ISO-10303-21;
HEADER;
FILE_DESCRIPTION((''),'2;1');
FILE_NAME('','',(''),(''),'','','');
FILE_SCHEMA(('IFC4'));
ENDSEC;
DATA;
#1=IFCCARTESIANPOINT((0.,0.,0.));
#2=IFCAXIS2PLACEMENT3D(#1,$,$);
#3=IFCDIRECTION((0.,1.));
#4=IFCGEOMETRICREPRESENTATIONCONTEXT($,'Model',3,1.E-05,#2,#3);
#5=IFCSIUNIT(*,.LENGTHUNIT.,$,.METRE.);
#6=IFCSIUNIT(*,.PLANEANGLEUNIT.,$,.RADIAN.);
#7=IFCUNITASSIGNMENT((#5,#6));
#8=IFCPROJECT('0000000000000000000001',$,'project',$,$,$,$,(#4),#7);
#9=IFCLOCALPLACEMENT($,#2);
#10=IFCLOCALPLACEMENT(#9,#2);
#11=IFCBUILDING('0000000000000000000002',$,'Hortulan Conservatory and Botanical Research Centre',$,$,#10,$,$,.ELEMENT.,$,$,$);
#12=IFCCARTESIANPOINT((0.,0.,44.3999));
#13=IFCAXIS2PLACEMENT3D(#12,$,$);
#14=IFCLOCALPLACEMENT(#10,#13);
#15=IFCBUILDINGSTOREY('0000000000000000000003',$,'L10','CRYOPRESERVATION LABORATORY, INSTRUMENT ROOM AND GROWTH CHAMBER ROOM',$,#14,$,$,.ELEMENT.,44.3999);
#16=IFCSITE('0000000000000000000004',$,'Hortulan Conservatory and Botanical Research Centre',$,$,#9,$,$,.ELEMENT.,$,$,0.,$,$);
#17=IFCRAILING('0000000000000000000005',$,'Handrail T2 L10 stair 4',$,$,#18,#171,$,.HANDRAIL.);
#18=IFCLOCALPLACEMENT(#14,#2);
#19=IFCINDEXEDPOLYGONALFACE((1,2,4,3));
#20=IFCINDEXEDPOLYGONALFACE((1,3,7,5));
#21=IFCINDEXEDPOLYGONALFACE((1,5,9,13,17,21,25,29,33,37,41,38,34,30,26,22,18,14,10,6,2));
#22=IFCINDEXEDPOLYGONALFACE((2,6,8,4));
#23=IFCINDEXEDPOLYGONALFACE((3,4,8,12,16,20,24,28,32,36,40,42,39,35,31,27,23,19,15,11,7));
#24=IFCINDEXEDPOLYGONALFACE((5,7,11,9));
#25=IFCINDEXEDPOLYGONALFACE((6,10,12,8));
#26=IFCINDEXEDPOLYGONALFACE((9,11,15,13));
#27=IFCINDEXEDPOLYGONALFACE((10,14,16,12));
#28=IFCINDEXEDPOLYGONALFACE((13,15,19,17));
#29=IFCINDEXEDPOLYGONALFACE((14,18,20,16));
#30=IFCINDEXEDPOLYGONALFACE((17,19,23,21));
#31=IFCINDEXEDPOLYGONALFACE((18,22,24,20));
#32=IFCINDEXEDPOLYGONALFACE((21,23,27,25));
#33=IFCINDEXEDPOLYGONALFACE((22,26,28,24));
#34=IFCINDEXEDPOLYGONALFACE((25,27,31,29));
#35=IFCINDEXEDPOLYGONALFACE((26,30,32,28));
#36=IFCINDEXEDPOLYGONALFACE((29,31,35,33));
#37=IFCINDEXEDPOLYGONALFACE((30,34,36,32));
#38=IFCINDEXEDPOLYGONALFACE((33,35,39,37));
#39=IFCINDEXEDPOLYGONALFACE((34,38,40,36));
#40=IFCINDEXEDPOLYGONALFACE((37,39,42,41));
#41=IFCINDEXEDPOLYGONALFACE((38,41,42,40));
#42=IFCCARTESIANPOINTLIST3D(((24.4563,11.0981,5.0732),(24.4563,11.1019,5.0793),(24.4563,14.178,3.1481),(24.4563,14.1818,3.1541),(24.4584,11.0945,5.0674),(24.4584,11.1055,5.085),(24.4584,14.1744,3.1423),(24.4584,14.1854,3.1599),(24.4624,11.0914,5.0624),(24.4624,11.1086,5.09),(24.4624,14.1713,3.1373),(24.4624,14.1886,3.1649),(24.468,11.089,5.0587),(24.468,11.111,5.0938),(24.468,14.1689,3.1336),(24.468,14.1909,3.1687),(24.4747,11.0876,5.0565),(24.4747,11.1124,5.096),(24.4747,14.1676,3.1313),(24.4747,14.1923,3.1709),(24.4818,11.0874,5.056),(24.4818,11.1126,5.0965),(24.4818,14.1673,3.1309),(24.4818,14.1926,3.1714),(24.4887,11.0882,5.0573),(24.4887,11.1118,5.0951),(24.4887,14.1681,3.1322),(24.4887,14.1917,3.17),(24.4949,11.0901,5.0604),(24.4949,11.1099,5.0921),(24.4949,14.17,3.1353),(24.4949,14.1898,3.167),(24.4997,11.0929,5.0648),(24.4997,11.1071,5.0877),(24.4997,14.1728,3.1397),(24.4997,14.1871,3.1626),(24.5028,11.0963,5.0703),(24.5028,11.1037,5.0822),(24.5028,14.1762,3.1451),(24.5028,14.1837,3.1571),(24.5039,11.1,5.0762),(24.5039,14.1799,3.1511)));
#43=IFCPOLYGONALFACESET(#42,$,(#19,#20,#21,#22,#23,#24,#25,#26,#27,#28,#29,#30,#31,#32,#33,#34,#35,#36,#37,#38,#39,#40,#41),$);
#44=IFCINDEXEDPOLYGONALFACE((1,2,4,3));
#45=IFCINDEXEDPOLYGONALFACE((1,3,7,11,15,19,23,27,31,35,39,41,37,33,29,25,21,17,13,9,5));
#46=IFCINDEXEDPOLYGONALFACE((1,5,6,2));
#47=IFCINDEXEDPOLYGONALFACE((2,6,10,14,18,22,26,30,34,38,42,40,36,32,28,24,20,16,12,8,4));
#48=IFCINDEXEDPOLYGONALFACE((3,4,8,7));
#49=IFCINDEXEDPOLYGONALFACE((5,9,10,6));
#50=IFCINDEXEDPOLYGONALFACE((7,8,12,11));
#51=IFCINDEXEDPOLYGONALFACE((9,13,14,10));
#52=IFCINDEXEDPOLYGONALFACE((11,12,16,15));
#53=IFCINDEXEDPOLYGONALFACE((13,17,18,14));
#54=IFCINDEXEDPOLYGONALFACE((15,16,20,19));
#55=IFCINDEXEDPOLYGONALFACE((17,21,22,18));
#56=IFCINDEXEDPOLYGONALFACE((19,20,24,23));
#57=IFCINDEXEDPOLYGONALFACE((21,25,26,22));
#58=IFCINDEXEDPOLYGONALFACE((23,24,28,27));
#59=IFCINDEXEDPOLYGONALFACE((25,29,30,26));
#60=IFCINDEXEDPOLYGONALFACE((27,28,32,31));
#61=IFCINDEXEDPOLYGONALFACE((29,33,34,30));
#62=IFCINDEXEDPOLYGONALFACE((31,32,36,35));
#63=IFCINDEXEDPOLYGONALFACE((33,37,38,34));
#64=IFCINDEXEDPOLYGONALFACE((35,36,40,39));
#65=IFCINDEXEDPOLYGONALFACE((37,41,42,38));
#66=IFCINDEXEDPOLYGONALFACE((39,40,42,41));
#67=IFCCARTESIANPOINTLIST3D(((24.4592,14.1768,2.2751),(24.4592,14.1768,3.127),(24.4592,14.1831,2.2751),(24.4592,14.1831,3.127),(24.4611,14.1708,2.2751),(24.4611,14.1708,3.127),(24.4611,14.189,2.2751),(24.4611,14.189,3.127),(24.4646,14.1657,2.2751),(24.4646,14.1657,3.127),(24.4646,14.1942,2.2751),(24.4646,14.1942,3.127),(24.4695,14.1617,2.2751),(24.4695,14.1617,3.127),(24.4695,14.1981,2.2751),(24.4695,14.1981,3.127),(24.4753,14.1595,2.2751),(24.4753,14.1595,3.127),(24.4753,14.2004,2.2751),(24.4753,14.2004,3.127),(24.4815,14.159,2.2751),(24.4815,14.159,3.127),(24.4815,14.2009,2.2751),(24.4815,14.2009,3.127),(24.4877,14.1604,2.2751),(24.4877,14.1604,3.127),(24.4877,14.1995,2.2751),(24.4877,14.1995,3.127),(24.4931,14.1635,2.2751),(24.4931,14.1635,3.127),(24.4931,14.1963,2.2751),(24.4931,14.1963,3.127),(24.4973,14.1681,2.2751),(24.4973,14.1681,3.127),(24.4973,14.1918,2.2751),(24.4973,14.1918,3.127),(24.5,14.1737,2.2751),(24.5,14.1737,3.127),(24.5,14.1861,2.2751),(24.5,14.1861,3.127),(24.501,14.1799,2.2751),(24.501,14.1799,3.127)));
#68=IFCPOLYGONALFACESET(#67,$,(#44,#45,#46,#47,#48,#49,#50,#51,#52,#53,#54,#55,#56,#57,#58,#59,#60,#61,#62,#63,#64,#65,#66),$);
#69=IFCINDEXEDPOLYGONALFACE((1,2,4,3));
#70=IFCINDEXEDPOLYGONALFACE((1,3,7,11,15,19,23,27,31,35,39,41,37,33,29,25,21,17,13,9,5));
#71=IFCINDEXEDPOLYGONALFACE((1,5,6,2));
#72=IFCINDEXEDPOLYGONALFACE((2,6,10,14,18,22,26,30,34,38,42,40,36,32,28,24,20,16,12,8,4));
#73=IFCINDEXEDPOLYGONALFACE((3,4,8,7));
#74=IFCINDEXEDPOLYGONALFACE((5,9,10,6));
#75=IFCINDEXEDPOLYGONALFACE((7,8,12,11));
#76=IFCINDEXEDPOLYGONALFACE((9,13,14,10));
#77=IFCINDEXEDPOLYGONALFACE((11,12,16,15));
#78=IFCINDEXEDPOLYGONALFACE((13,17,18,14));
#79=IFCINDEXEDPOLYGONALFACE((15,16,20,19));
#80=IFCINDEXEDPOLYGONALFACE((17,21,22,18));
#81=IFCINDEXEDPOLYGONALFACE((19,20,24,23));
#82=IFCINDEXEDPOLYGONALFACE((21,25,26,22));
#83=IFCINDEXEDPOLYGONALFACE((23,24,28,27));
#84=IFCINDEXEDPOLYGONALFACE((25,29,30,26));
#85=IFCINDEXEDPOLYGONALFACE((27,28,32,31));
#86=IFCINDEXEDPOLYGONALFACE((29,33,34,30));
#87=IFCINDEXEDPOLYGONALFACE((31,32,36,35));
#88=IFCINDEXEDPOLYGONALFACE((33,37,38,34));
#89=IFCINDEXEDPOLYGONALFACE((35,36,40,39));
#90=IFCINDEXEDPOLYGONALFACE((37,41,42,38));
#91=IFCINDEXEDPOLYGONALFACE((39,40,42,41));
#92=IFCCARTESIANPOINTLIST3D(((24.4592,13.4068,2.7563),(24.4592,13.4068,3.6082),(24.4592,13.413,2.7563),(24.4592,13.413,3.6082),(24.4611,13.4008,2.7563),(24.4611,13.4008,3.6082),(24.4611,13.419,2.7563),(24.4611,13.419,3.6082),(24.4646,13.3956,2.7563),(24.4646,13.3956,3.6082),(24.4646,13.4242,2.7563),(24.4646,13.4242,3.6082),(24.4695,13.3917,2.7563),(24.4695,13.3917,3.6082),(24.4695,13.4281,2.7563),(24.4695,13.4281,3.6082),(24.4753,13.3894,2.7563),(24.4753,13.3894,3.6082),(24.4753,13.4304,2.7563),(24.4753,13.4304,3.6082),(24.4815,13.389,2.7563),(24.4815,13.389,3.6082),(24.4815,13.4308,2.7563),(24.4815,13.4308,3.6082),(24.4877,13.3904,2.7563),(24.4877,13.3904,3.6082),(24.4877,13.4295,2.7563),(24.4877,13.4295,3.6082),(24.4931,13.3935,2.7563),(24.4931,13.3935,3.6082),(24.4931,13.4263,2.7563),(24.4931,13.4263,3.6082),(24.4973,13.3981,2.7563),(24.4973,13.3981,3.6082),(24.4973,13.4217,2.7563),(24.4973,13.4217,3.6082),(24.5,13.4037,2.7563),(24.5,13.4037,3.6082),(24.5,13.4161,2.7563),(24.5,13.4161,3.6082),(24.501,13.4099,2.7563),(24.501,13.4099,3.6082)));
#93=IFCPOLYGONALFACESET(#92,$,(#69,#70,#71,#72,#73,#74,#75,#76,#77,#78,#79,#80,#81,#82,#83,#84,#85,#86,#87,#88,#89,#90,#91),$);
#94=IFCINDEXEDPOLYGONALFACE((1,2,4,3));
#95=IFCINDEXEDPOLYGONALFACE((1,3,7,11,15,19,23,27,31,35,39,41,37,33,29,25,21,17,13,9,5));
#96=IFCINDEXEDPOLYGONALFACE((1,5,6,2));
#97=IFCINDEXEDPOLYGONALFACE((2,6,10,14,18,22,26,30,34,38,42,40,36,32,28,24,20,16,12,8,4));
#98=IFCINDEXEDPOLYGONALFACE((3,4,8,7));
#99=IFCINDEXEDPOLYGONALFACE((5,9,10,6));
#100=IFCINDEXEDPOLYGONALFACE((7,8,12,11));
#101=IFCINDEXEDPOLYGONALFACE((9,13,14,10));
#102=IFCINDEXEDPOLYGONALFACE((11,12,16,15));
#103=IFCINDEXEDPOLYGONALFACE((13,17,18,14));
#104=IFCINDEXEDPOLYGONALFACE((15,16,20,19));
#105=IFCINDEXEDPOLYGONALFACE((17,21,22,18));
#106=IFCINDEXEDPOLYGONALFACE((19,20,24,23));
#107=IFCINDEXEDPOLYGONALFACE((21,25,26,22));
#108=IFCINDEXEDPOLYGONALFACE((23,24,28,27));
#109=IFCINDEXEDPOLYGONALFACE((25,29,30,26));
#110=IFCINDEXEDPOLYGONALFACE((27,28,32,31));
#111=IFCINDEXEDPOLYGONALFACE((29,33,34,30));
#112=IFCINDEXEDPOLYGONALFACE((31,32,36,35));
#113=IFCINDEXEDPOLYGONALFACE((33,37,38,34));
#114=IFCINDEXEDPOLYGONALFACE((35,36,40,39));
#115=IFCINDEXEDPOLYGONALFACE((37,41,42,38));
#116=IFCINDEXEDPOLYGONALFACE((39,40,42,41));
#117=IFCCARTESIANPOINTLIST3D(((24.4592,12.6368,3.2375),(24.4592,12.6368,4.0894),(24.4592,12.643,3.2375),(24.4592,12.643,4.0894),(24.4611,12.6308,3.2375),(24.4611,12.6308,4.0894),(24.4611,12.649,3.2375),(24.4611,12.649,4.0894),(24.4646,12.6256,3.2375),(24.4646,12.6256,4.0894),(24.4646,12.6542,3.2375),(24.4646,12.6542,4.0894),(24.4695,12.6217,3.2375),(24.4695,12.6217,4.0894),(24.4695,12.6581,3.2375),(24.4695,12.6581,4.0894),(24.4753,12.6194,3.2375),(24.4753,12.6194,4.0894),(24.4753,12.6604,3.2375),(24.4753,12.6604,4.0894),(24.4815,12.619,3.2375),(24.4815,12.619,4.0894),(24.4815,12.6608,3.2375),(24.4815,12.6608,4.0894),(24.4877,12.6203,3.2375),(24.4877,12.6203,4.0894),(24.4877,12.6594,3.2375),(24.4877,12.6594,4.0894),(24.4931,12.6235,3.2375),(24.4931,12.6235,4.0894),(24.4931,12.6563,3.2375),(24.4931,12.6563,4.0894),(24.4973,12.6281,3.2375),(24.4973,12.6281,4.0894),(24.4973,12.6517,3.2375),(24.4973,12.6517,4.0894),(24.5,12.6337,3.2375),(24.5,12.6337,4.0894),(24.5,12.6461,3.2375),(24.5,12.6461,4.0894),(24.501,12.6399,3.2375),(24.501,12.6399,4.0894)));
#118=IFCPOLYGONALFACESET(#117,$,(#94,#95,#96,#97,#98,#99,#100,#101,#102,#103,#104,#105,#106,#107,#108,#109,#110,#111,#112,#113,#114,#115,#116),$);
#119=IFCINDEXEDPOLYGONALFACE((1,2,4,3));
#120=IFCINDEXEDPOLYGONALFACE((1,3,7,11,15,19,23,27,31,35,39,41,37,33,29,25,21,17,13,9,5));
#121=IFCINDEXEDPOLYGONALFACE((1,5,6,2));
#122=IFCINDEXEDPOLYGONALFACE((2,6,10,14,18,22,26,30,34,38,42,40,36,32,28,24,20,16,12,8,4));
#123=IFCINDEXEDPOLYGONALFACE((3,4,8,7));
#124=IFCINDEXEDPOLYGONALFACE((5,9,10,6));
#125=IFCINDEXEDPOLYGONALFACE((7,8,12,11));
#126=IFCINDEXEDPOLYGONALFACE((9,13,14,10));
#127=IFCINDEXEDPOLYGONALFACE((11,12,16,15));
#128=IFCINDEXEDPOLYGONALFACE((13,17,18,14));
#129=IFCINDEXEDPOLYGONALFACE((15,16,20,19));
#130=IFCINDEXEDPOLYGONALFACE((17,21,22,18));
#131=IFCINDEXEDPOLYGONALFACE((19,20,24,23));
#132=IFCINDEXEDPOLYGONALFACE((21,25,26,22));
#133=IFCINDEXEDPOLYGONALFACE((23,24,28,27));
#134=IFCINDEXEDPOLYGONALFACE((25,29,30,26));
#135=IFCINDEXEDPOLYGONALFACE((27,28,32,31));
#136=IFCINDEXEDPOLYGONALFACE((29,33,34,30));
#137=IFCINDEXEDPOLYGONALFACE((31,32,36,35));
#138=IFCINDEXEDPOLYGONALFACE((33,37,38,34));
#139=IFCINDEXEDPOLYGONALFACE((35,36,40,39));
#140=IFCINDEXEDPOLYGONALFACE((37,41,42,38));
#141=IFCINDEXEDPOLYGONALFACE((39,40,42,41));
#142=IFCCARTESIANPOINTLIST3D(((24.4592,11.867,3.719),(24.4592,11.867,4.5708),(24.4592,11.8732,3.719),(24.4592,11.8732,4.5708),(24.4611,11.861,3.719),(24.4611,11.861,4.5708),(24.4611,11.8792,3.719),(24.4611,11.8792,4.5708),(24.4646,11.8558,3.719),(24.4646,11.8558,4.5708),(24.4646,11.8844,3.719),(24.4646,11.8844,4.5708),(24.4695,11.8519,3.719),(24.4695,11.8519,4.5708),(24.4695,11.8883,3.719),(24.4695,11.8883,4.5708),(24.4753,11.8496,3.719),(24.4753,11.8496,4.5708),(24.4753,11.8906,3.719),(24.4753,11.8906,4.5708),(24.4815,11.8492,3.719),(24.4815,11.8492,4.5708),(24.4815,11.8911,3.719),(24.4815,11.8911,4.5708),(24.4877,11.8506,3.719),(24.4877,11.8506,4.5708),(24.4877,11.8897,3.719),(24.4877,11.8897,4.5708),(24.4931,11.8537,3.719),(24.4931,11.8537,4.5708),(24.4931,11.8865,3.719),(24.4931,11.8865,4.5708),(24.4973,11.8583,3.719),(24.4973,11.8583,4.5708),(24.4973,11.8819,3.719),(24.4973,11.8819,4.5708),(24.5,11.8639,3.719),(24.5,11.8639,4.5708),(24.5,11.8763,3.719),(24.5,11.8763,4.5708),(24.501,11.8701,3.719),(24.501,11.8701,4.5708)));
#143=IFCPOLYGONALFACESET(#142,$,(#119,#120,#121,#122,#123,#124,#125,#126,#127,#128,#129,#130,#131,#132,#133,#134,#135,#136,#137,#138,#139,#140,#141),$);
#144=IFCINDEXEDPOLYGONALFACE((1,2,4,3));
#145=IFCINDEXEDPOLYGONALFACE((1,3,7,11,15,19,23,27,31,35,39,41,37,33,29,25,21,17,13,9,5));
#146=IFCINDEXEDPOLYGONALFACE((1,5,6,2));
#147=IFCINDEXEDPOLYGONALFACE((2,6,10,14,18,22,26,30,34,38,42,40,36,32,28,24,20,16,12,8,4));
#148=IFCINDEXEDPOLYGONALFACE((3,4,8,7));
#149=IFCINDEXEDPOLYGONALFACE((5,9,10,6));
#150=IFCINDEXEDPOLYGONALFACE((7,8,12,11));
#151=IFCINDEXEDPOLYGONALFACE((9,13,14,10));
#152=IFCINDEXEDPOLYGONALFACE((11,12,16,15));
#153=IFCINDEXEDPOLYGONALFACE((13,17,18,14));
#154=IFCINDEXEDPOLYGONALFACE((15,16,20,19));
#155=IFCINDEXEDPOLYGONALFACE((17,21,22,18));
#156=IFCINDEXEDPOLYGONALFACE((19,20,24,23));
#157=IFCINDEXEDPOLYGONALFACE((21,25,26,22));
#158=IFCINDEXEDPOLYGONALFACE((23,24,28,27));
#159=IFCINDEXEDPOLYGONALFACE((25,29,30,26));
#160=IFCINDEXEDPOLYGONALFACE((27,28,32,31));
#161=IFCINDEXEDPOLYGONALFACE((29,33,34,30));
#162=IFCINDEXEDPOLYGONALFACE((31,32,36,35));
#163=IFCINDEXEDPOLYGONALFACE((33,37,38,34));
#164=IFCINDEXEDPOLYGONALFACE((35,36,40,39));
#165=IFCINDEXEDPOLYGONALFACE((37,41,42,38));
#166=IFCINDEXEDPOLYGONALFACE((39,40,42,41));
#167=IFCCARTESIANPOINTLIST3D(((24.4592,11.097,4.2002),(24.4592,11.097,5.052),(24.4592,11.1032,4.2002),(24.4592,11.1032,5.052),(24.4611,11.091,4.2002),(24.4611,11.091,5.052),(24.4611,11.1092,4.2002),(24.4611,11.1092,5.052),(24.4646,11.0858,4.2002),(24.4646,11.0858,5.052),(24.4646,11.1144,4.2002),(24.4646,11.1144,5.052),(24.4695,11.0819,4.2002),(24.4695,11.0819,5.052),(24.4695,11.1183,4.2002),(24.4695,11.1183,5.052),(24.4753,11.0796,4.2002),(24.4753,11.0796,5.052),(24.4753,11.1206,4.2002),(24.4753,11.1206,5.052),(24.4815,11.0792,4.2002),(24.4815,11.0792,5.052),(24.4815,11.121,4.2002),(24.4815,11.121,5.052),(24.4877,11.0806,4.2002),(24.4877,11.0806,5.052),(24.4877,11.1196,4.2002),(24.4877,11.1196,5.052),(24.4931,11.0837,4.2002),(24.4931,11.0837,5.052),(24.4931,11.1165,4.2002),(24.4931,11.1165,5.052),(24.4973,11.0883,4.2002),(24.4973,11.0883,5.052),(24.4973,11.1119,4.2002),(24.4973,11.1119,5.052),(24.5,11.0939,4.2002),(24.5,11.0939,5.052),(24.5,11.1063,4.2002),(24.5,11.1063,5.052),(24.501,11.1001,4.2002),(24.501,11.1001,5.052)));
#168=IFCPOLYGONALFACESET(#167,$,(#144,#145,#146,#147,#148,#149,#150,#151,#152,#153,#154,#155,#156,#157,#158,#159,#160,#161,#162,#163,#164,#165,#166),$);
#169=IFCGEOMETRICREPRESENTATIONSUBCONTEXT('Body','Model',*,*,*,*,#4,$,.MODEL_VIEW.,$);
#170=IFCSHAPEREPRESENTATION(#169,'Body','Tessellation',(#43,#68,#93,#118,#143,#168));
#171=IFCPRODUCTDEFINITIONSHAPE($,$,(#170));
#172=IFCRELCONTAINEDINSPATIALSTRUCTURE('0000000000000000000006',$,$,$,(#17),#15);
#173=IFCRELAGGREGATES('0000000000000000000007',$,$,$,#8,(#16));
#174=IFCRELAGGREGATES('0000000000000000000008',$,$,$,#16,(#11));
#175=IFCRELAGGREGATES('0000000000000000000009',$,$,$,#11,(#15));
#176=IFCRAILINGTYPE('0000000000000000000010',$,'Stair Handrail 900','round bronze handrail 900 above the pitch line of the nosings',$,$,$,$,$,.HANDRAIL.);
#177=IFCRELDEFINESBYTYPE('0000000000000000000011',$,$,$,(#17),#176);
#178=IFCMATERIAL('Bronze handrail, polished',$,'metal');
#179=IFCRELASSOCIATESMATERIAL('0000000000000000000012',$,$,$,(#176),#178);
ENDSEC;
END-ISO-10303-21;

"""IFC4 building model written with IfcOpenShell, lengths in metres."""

from ifc_helpers import new_model, si_unit, direction, frame, origin, origin_2d, place, context, subcontext, project, spatial, circle, extrude, material, type_object, element, save


model = new_model("IFC4")

# Units and contexts
model_context = context("Model", 3, precision=1e-05, world=origin(), true_north=direction((0.0, 1.0)))
body_context = subcontext(model_context, "Body", "Model", "MODEL_VIEW")
ifc_project = project(units=[si_unit("LENGTHUNIT", "METRE"), si_unit("PLANEANGLEUNIT", "RADIAN")], contexts=[model_context])

# Site, building, storey
site_placement = place(None, origin())
site = spatial("IfcSite", under=ifc_project, at=site_placement, Name="Hortulan Conservatory and Botanical Research Centre", CompositionType="ELEMENT", RefElevation=0.0)
building_placement = place(site_placement, origin())
building = spatial("IfcBuilding", under=site, at=building_placement, Name="Hortulan Conservatory and Botanical Research Centre", CompositionType="ELEMENT")
storey_placement = place(building_placement, frame((0.0, 0.0, 44.3999)))
storey = spatial("IfcBuildingStorey", under=building, at=storey_placement, Name="L10", Description="CRYOPRESERVATION LABORATORY, INSTRUMENT ROOM AND GROWTH CHAMBER ROOM", CompositionType="ELEMENT", Elevation=44.3999)

# Railing
ifc_material_1 = material(Name="Bronze handrail, polished", Category="metal")
railing_type_1 = type_object("IfcRailingType", Name="Stair Handrail 900", Description="round bronze handrail 900 above the pitch line of the nosings", PredefinedType="HANDRAIL", material=ifc_material_1)
for number, where, name in (
    (1, (24.48, 14.1799, 2.2751), "Handrail T2 L10 stair 4"),
):
    element("IfcRailing", number, at=place(storey_placement, frame(where)), inside=storey, type_object=railing_type_1, Name=name, PredefinedType="HANDRAIL", context=body_context, shape_type="SweptSolid", body=[
        extrude(circle(Radius=0.0239, at=origin_2d()), frame((0.0, 0.0, 0.876), z_axis=(0.0, -0.847979, 0.530029), x_axis=(1.0, 0.0, 0.0)), (0.0, 0.0, 1.0), 3.6321),
        extrude(circle(Radius=0.021, at=origin_2d()), origin(), (0.0, 0.0, 1.0), 0.8518),
        extrude(circle(Radius=0.021, at=origin_2d()), frame((0.0, -0.77, 0.4812)), (0.0, 0.0, 1.0), 0.8518),
        extrude(circle(Radius=0.021, at=origin_2d()), frame((0.0, -1.54, 0.9624)), (0.0, 0.0, 1.0), 0.8518),
        extrude(circle(Radius=0.021, at=origin_2d()), frame((0.0, -2.3098, 1.4438)), (0.0, 0.0, 1.0), 0.8518),
        extrude(circle(Radius=0.021, at=origin_2d()), frame((0.0, -3.0798, 1.925)), (0.0, 0.0, 1.0), 0.8518),
    ])

save(model, "model.ifc")
